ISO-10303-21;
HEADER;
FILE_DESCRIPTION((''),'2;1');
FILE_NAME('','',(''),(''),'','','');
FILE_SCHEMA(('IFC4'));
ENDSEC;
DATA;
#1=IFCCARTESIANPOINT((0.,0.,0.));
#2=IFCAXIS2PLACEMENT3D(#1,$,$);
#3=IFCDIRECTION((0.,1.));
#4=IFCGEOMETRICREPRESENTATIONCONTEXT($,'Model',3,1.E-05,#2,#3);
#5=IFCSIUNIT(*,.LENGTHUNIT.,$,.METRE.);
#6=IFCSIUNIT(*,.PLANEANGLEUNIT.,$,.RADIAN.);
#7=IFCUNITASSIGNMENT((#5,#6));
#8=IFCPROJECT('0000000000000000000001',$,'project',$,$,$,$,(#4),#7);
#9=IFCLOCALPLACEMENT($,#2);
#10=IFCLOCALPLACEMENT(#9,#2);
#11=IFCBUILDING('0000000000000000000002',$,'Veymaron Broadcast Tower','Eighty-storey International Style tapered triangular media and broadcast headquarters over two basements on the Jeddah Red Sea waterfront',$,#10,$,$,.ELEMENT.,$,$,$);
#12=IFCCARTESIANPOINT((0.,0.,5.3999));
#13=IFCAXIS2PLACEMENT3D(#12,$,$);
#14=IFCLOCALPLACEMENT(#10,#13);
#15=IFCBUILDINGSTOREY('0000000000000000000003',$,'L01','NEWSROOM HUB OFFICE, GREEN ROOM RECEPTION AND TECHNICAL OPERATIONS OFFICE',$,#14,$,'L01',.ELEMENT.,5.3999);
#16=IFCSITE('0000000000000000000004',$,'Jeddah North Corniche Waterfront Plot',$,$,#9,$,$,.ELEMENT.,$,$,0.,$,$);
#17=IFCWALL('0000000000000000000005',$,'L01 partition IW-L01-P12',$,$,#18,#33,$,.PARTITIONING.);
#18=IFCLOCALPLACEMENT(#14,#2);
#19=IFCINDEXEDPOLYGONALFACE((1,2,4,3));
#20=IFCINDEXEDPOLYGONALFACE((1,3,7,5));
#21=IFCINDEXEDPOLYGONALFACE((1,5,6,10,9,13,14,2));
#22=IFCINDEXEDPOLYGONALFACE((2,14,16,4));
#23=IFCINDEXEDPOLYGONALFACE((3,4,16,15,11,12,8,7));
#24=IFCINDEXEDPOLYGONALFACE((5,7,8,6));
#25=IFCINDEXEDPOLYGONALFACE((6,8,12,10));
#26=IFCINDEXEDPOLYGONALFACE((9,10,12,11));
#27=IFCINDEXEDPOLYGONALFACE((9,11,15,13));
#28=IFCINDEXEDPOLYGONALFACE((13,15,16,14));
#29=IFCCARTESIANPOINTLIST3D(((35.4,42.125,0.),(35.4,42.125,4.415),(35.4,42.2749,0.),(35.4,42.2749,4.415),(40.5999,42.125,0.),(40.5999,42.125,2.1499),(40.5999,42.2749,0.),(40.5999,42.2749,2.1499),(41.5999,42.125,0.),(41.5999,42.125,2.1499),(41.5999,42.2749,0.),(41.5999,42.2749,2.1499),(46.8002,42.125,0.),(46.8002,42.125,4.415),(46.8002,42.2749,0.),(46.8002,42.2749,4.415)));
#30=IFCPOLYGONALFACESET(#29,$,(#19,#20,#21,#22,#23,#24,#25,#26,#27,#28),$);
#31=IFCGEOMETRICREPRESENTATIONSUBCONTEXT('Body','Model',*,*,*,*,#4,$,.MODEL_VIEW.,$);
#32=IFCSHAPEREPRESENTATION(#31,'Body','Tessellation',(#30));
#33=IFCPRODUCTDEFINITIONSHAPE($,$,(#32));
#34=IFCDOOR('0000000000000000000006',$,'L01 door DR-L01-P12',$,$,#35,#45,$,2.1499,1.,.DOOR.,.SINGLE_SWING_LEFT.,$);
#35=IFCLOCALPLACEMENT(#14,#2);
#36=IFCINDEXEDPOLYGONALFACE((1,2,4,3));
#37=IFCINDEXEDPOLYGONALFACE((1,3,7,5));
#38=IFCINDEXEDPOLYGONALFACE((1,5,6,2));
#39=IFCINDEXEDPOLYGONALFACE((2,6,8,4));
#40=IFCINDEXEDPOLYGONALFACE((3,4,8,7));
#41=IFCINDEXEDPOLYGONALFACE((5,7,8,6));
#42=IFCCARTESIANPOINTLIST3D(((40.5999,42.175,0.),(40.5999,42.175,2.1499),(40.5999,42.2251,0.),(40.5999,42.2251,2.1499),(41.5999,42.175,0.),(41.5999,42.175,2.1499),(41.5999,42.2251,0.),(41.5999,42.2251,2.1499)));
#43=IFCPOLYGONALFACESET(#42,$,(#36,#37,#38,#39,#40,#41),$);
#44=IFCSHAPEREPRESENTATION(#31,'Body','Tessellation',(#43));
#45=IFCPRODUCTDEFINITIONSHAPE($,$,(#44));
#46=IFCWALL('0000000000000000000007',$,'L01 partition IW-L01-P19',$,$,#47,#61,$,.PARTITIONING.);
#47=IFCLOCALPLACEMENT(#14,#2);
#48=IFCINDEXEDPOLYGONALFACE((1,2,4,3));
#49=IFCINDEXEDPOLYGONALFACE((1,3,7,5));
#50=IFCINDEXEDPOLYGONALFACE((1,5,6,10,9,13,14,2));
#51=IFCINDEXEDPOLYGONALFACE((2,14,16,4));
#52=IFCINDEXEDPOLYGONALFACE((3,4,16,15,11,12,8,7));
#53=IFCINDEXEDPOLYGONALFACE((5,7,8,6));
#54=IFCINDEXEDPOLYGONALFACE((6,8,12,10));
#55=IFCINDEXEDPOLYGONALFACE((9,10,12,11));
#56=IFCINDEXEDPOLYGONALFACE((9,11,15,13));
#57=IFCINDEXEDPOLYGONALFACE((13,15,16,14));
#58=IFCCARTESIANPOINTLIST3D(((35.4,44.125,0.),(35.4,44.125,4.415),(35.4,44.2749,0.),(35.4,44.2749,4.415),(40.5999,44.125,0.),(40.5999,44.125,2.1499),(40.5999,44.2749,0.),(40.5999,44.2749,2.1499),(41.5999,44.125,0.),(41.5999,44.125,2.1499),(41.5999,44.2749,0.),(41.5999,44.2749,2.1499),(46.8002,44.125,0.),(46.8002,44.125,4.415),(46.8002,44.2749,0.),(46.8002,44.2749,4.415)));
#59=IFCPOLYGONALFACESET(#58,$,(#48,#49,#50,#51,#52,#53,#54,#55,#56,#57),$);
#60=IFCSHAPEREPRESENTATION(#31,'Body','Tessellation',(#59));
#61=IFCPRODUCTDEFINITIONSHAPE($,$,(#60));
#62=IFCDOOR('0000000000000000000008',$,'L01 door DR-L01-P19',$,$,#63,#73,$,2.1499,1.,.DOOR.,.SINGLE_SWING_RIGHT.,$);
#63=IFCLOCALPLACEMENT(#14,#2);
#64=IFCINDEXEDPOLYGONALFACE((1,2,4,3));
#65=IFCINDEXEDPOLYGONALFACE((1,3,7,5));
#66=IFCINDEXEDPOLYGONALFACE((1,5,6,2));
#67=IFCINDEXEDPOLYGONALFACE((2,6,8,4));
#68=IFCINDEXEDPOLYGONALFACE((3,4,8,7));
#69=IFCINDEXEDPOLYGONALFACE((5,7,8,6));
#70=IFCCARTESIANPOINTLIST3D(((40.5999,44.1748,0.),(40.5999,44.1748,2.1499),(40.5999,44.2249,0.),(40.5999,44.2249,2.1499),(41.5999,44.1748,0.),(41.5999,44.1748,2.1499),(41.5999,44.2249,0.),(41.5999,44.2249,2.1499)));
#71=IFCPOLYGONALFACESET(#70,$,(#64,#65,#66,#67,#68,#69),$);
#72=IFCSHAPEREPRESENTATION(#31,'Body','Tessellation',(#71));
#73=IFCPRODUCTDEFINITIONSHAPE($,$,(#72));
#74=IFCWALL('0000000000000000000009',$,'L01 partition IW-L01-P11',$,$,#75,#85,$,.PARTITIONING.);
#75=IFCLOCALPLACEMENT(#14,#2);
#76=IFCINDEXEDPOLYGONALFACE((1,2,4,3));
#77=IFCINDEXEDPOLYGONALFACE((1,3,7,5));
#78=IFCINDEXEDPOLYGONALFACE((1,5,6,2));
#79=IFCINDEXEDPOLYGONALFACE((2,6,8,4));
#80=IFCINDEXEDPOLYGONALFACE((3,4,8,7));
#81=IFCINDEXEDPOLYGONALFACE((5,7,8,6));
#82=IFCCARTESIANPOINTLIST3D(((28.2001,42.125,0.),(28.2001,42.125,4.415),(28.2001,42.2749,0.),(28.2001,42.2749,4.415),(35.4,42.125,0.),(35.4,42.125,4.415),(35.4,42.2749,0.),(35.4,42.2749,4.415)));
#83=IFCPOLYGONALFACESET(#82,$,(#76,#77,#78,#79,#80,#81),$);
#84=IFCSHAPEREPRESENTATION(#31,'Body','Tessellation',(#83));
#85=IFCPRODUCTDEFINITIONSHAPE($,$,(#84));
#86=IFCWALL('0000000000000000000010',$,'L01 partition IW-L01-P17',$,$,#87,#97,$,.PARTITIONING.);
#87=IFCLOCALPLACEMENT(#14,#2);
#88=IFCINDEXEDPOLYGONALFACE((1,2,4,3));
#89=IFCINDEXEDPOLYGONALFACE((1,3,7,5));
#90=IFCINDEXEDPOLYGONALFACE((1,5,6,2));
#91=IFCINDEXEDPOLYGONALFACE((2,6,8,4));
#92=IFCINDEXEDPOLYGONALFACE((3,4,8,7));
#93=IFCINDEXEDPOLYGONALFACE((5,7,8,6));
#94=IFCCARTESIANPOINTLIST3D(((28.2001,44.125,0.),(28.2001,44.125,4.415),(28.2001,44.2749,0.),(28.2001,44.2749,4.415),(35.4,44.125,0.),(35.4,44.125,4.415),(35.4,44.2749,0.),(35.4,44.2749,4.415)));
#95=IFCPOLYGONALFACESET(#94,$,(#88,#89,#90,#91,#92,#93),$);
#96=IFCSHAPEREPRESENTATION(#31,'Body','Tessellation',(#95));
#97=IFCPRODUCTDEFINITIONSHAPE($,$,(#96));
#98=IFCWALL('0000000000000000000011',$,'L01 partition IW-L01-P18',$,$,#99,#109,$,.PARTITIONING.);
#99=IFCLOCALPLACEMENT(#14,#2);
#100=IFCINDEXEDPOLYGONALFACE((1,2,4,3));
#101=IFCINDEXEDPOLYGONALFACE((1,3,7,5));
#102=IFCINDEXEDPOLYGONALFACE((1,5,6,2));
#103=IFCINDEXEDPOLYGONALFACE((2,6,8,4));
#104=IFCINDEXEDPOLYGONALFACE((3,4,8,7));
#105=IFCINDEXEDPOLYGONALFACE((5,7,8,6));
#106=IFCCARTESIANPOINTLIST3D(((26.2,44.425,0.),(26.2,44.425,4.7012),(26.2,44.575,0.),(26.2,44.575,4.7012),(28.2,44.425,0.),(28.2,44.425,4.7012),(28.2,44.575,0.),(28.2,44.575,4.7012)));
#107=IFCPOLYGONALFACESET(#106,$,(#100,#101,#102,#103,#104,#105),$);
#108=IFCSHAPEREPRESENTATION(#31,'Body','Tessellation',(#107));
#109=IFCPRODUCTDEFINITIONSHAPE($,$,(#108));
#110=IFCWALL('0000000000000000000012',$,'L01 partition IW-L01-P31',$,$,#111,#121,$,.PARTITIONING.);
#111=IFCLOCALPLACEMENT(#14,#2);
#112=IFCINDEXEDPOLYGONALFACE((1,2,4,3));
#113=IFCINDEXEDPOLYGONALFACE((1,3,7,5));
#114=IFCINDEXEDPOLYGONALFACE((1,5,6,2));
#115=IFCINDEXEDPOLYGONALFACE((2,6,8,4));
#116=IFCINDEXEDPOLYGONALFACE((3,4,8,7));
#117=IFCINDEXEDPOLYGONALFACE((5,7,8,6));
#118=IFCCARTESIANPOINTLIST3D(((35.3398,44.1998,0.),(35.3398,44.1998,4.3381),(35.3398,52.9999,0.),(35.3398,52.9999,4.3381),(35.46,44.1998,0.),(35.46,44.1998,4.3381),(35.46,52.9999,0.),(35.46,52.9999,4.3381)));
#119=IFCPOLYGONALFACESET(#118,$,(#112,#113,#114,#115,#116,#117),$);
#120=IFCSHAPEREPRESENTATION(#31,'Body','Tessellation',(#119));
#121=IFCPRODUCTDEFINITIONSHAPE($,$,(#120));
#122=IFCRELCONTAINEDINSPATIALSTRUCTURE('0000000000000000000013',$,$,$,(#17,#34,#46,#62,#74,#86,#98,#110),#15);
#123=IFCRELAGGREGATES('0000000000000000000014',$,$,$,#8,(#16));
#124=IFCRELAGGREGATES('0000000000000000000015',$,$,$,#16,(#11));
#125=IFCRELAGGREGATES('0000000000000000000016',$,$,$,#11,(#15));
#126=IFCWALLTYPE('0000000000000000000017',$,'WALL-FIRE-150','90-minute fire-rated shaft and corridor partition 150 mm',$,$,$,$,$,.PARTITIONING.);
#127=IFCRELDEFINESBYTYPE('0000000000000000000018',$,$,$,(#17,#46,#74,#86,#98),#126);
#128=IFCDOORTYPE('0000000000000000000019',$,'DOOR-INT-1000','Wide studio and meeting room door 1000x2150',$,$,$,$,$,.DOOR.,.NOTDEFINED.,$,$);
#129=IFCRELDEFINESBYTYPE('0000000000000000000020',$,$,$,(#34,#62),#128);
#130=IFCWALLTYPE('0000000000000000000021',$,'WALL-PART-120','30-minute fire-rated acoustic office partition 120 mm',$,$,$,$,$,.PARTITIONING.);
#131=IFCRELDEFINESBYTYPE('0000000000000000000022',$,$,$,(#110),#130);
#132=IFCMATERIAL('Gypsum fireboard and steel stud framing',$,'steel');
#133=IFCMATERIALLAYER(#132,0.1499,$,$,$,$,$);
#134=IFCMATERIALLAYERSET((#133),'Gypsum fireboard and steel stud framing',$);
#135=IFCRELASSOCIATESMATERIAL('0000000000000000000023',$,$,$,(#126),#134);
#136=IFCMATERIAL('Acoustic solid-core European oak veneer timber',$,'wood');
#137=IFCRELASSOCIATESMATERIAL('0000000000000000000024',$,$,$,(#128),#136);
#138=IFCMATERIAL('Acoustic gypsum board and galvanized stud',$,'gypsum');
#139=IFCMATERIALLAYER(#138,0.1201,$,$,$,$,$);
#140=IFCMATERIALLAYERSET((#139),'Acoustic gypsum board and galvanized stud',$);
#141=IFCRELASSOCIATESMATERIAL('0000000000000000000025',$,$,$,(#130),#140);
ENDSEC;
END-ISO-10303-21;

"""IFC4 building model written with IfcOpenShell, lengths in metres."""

from ifc_helpers import new_model, si_unit, direction, frame, frame_2d, origin, place, context, subcontext, project, spatial, rectangle, extrude, material, layer, layer_set, type_object, element, fill, save


model = new_model("IFC4")

# Units and contexts
model_context = context("Model", 3, precision=1e-05, world=origin(), true_north=direction((0.0, 1.0)))
body_context = subcontext(model_context, "Body", "Model", "MODEL_VIEW")
ifc_project = project(units=[si_unit("LENGTHUNIT", "METRE"), si_unit("PLANEANGLEUNIT", "RADIAN")], contexts=[model_context])

# Site, building, storey
site_placement = place(None, origin())
site = spatial("IfcSite", under=ifc_project, at=site_placement, Name="Jeddah North Corniche Waterfront Plot", CompositionType="ELEMENT", RefElevation=0.0)
building_placement = place(site_placement, origin())
building = spatial("IfcBuilding", under=site, at=building_placement, Name="Veymaron Broadcast Tower", Description="Eighty-storey International Style tapered triangular media and broadcast headquarters over two basements on the Jeddah Red Sea waterfront", CompositionType="ELEMENT")
storey_placement = place(building_placement, frame((0.0, 0.0, 5.3999)))
storey = spatial("IfcBuildingStorey", under=building, at=storey_placement, Name="L01", Description="NEWSROOM HUB OFFICE, GREEN ROOM RECEPTION AND TECHNICAL OPERATIONS OFFICE", LongName="L01", CompositionType="ELEMENT", Elevation=5.3999)

# Walls, openings, doors
ifc_material_1 = material(Name="Gypsum fireboard and steel stud framing", Category="steel")
ifc_layer_1 = layer(ifc_material_1, 0.1499)
ifc_layer_set_1 = layer_set([ifc_layer_1], Name="Gypsum fireboard and steel stud framing")
wall_type_1 = type_object("IfcWallType", Name="WALL-FIRE-150", Description="90-minute fire-rated shaft and corridor partition 150 mm", PredefinedType="PARTITIONING", material=ifc_layer_set_1)
wall_1_placement = place(storey_placement, frame((35.3999, 42.2, 0.0), z_axis=(0.0, 0.0, 1.0), x_axis=(1.0, 0.0, 0.0)))
wall_1 = element("IfcWall", 1, at=wall_1_placement, inside=storey, type_object=wall_type_1, Name="L01 partition IW-L01-P12", PredefinedType="PARTITIONING", context=body_context, shape_type="SweptSolid", body=[
    extrude(rectangle(XDim=11.4001, YDim=0.1499, at=frame_2d((5.7002, 0.0))), origin(), (0.0, 0.0, 1.0), 4.415),
])
opening_1_placement = place(wall_1_placement, frame((5.2, 0.0, 0.0)))
opening_1 = element("IfcOpeningElement", 2, at=opening_1_placement, cuts=wall_1, PredefinedType="OPENING", context=body_context, shape_type="SweptSolid", body=[
    extrude(rectangle(XDim=1.0, YDim=2.1499, at=frame_2d((0.5, 1.075))), frame((0.0, 0.085, 0.0), z_axis=(0.0, -1.0, 0.0), x_axis=(1.0, 0.0, 0.0)), (0.0, 0.0, 1.0), 0.1699),
])
ifc_material_2 = material(Name="Acoustic solid-core European oak veneer timber", Category="wood")
door_type = type_object("IfcDoorType", Name="DOOR-INT-1000", Description="Wide studio and meeting room door 1000x2150", OperationType="NOTDEFINED", PredefinedType="DOOR", material=ifc_material_2)
door_1_placement = place(opening_1_placement, frame((1.0, 0.0, 0.0), z_axis=(0.0, 0.0, 1.0), x_axis=(-1.0, 0.0, 0.0)))
door_1 = element("IfcDoor", 3, at=door_1_placement, inside=storey, type_object=door_type, Name="L01 door DR-L01-P12", OperationType="SINGLE_SWING_LEFT", OverallHeight=2.1499, OverallWidth=1.0, PredefinedType="DOOR", context=body_context, shape_type="SweptSolid", body=[
    extrude(rectangle(XDim=1.0, YDim=2.1499, at=frame_2d((0.5, 1.075))), frame((0.0, 0.0249, 0.0), z_axis=(0.0, -1.0, 0.0), x_axis=(1.0, 0.0, 0.0)), (0.0, 0.0, 1.0), 0.05),
])
fill(opening_1, door_1)
wall_2_placement = place(storey_placement, frame((35.3999, 44.2, 0.0), z_axis=(0.0, 0.0, 1.0), x_axis=(1.0, 0.0, 0.0)))
wall_2 = element("IfcWall", 4, at=wall_2_placement, inside=storey, type_object=wall_type_1, Name="L01 partition IW-L01-P19", PredefinedType="PARTITIONING", context=body_context, shape_type="SweptSolid", body=[
    extrude(rectangle(XDim=11.4001, YDim=0.1499, at=frame_2d((5.7002, 0.0))), origin(), (0.0, 0.0, 1.0), 4.415),
])
opening_2_placement = place(wall_2_placement, frame((5.2, 0.0, 0.0)))
opening_2 = element("IfcOpeningElement", 5, at=opening_2_placement, cuts=wall_2, PredefinedType="OPENING", context=body_context, shape_type="SweptSolid", body=[
    extrude(rectangle(XDim=1.0, YDim=2.1499, at=frame_2d((0.5, 1.075))), frame((0.0, 0.085, 0.0), z_axis=(0.0, -1.0, 0.0), x_axis=(1.0, 0.0, 0.0)), (0.0, 0.0, 1.0), 0.1699),
])
door_2_placement = place(opening_2_placement, origin())
door_2 = element("IfcDoor", 6, at=door_2_placement, inside=storey, type_object=door_type, Name="L01 door DR-L01-P19", OperationType="SINGLE_SWING_RIGHT", OverallHeight=2.1499, OverallWidth=1.0, PredefinedType="DOOR", context=body_context, shape_type="SweptSolid", body=[
    extrude(rectangle(XDim=1.0, YDim=2.1499, at=frame_2d((0.5, 1.075))), frame((0.0, 0.0249, 0.0), z_axis=(0.0, -1.0, 0.0), x_axis=(1.0, 0.0, 0.0)), (0.0, 0.0, 1.0), 0.05),
])
fill(opening_2, door_2)

# Walls
for number, where, z_axis, x_axis, name in (
    (7, (28.2, 42.2, 0.0), (0.0, 0.0, 1.0), (1.0, 0.0, 0.0), "L01 partition IW-L01-P11"),
    (8, (28.2, 44.2, 0.0), (0.0, 0.0, 1.0), (1.0, 0.0, 0.0), "L01 partition IW-L01-P17"),
):
    element("IfcWall", number, at=place(storey_placement, frame(where, z_axis=z_axis, x_axis=x_axis)), inside=storey, type_object=wall_type_1, Name=name, PredefinedType="PARTITIONING", context=body_context, shape_type="SweptSolid", body=[
        extrude(rectangle(XDim=7.2, YDim=0.1499, at=frame_2d((3.6001, 0.0))), origin(), (0.0, 0.0, 1.0), 4.415),
    ])
wall_3_placement = place(storey_placement, frame((26.2, 44.5, 0.0), z_axis=(0.0, 0.0, 1.0), x_axis=(1.0, 0.0, 0.0)))
element("IfcWall", 9, at=wall_3_placement, inside=storey, type_object=wall_type_1, Name="L01 partition IW-L01-P18", PredefinedType="PARTITIONING", context=body_context, shape_type="SweptSolid", body=[
    extrude(rectangle(XDim=2.0, YDim=0.1499, at=frame_2d((1.0, 0.0))), origin(), (0.0, 0.0, 1.0), 4.7012),
])
ifc_material_3 = material(Name="Acoustic gypsum board and galvanized stud", Category="gypsum")
ifc_layer_2 = layer(ifc_material_3, 0.1201)
ifc_layer_set_2 = layer_set([ifc_layer_2], Name="Acoustic gypsum board and galvanized stud")
wall_type_2 = type_object("IfcWallType", Name="WALL-PART-120", Description="30-minute fire-rated acoustic office partition 120 mm", PredefinedType="PARTITIONING", material=ifc_layer_set_2)
wall_4_placement = place(storey_placement, frame((35.3999, 44.2, 0.0), z_axis=(0.0, 0.0, 1.0), x_axis=(0.0, 1.0, 0.0)))
element("IfcWall", 10, at=wall_4_placement, inside=storey, type_object=wall_type_2, Name="L01 partition IW-L01-P31", PredefinedType="PARTITIONING", context=body_context, shape_type="SweptSolid", body=[
    extrude(rectangle(XDim=8.8, YDim=0.1201, at=frame_2d((4.3999, 0.0))), origin(), (0.0, 0.0, 1.0), 4.3381),
])

save(model, "model.ifc")
